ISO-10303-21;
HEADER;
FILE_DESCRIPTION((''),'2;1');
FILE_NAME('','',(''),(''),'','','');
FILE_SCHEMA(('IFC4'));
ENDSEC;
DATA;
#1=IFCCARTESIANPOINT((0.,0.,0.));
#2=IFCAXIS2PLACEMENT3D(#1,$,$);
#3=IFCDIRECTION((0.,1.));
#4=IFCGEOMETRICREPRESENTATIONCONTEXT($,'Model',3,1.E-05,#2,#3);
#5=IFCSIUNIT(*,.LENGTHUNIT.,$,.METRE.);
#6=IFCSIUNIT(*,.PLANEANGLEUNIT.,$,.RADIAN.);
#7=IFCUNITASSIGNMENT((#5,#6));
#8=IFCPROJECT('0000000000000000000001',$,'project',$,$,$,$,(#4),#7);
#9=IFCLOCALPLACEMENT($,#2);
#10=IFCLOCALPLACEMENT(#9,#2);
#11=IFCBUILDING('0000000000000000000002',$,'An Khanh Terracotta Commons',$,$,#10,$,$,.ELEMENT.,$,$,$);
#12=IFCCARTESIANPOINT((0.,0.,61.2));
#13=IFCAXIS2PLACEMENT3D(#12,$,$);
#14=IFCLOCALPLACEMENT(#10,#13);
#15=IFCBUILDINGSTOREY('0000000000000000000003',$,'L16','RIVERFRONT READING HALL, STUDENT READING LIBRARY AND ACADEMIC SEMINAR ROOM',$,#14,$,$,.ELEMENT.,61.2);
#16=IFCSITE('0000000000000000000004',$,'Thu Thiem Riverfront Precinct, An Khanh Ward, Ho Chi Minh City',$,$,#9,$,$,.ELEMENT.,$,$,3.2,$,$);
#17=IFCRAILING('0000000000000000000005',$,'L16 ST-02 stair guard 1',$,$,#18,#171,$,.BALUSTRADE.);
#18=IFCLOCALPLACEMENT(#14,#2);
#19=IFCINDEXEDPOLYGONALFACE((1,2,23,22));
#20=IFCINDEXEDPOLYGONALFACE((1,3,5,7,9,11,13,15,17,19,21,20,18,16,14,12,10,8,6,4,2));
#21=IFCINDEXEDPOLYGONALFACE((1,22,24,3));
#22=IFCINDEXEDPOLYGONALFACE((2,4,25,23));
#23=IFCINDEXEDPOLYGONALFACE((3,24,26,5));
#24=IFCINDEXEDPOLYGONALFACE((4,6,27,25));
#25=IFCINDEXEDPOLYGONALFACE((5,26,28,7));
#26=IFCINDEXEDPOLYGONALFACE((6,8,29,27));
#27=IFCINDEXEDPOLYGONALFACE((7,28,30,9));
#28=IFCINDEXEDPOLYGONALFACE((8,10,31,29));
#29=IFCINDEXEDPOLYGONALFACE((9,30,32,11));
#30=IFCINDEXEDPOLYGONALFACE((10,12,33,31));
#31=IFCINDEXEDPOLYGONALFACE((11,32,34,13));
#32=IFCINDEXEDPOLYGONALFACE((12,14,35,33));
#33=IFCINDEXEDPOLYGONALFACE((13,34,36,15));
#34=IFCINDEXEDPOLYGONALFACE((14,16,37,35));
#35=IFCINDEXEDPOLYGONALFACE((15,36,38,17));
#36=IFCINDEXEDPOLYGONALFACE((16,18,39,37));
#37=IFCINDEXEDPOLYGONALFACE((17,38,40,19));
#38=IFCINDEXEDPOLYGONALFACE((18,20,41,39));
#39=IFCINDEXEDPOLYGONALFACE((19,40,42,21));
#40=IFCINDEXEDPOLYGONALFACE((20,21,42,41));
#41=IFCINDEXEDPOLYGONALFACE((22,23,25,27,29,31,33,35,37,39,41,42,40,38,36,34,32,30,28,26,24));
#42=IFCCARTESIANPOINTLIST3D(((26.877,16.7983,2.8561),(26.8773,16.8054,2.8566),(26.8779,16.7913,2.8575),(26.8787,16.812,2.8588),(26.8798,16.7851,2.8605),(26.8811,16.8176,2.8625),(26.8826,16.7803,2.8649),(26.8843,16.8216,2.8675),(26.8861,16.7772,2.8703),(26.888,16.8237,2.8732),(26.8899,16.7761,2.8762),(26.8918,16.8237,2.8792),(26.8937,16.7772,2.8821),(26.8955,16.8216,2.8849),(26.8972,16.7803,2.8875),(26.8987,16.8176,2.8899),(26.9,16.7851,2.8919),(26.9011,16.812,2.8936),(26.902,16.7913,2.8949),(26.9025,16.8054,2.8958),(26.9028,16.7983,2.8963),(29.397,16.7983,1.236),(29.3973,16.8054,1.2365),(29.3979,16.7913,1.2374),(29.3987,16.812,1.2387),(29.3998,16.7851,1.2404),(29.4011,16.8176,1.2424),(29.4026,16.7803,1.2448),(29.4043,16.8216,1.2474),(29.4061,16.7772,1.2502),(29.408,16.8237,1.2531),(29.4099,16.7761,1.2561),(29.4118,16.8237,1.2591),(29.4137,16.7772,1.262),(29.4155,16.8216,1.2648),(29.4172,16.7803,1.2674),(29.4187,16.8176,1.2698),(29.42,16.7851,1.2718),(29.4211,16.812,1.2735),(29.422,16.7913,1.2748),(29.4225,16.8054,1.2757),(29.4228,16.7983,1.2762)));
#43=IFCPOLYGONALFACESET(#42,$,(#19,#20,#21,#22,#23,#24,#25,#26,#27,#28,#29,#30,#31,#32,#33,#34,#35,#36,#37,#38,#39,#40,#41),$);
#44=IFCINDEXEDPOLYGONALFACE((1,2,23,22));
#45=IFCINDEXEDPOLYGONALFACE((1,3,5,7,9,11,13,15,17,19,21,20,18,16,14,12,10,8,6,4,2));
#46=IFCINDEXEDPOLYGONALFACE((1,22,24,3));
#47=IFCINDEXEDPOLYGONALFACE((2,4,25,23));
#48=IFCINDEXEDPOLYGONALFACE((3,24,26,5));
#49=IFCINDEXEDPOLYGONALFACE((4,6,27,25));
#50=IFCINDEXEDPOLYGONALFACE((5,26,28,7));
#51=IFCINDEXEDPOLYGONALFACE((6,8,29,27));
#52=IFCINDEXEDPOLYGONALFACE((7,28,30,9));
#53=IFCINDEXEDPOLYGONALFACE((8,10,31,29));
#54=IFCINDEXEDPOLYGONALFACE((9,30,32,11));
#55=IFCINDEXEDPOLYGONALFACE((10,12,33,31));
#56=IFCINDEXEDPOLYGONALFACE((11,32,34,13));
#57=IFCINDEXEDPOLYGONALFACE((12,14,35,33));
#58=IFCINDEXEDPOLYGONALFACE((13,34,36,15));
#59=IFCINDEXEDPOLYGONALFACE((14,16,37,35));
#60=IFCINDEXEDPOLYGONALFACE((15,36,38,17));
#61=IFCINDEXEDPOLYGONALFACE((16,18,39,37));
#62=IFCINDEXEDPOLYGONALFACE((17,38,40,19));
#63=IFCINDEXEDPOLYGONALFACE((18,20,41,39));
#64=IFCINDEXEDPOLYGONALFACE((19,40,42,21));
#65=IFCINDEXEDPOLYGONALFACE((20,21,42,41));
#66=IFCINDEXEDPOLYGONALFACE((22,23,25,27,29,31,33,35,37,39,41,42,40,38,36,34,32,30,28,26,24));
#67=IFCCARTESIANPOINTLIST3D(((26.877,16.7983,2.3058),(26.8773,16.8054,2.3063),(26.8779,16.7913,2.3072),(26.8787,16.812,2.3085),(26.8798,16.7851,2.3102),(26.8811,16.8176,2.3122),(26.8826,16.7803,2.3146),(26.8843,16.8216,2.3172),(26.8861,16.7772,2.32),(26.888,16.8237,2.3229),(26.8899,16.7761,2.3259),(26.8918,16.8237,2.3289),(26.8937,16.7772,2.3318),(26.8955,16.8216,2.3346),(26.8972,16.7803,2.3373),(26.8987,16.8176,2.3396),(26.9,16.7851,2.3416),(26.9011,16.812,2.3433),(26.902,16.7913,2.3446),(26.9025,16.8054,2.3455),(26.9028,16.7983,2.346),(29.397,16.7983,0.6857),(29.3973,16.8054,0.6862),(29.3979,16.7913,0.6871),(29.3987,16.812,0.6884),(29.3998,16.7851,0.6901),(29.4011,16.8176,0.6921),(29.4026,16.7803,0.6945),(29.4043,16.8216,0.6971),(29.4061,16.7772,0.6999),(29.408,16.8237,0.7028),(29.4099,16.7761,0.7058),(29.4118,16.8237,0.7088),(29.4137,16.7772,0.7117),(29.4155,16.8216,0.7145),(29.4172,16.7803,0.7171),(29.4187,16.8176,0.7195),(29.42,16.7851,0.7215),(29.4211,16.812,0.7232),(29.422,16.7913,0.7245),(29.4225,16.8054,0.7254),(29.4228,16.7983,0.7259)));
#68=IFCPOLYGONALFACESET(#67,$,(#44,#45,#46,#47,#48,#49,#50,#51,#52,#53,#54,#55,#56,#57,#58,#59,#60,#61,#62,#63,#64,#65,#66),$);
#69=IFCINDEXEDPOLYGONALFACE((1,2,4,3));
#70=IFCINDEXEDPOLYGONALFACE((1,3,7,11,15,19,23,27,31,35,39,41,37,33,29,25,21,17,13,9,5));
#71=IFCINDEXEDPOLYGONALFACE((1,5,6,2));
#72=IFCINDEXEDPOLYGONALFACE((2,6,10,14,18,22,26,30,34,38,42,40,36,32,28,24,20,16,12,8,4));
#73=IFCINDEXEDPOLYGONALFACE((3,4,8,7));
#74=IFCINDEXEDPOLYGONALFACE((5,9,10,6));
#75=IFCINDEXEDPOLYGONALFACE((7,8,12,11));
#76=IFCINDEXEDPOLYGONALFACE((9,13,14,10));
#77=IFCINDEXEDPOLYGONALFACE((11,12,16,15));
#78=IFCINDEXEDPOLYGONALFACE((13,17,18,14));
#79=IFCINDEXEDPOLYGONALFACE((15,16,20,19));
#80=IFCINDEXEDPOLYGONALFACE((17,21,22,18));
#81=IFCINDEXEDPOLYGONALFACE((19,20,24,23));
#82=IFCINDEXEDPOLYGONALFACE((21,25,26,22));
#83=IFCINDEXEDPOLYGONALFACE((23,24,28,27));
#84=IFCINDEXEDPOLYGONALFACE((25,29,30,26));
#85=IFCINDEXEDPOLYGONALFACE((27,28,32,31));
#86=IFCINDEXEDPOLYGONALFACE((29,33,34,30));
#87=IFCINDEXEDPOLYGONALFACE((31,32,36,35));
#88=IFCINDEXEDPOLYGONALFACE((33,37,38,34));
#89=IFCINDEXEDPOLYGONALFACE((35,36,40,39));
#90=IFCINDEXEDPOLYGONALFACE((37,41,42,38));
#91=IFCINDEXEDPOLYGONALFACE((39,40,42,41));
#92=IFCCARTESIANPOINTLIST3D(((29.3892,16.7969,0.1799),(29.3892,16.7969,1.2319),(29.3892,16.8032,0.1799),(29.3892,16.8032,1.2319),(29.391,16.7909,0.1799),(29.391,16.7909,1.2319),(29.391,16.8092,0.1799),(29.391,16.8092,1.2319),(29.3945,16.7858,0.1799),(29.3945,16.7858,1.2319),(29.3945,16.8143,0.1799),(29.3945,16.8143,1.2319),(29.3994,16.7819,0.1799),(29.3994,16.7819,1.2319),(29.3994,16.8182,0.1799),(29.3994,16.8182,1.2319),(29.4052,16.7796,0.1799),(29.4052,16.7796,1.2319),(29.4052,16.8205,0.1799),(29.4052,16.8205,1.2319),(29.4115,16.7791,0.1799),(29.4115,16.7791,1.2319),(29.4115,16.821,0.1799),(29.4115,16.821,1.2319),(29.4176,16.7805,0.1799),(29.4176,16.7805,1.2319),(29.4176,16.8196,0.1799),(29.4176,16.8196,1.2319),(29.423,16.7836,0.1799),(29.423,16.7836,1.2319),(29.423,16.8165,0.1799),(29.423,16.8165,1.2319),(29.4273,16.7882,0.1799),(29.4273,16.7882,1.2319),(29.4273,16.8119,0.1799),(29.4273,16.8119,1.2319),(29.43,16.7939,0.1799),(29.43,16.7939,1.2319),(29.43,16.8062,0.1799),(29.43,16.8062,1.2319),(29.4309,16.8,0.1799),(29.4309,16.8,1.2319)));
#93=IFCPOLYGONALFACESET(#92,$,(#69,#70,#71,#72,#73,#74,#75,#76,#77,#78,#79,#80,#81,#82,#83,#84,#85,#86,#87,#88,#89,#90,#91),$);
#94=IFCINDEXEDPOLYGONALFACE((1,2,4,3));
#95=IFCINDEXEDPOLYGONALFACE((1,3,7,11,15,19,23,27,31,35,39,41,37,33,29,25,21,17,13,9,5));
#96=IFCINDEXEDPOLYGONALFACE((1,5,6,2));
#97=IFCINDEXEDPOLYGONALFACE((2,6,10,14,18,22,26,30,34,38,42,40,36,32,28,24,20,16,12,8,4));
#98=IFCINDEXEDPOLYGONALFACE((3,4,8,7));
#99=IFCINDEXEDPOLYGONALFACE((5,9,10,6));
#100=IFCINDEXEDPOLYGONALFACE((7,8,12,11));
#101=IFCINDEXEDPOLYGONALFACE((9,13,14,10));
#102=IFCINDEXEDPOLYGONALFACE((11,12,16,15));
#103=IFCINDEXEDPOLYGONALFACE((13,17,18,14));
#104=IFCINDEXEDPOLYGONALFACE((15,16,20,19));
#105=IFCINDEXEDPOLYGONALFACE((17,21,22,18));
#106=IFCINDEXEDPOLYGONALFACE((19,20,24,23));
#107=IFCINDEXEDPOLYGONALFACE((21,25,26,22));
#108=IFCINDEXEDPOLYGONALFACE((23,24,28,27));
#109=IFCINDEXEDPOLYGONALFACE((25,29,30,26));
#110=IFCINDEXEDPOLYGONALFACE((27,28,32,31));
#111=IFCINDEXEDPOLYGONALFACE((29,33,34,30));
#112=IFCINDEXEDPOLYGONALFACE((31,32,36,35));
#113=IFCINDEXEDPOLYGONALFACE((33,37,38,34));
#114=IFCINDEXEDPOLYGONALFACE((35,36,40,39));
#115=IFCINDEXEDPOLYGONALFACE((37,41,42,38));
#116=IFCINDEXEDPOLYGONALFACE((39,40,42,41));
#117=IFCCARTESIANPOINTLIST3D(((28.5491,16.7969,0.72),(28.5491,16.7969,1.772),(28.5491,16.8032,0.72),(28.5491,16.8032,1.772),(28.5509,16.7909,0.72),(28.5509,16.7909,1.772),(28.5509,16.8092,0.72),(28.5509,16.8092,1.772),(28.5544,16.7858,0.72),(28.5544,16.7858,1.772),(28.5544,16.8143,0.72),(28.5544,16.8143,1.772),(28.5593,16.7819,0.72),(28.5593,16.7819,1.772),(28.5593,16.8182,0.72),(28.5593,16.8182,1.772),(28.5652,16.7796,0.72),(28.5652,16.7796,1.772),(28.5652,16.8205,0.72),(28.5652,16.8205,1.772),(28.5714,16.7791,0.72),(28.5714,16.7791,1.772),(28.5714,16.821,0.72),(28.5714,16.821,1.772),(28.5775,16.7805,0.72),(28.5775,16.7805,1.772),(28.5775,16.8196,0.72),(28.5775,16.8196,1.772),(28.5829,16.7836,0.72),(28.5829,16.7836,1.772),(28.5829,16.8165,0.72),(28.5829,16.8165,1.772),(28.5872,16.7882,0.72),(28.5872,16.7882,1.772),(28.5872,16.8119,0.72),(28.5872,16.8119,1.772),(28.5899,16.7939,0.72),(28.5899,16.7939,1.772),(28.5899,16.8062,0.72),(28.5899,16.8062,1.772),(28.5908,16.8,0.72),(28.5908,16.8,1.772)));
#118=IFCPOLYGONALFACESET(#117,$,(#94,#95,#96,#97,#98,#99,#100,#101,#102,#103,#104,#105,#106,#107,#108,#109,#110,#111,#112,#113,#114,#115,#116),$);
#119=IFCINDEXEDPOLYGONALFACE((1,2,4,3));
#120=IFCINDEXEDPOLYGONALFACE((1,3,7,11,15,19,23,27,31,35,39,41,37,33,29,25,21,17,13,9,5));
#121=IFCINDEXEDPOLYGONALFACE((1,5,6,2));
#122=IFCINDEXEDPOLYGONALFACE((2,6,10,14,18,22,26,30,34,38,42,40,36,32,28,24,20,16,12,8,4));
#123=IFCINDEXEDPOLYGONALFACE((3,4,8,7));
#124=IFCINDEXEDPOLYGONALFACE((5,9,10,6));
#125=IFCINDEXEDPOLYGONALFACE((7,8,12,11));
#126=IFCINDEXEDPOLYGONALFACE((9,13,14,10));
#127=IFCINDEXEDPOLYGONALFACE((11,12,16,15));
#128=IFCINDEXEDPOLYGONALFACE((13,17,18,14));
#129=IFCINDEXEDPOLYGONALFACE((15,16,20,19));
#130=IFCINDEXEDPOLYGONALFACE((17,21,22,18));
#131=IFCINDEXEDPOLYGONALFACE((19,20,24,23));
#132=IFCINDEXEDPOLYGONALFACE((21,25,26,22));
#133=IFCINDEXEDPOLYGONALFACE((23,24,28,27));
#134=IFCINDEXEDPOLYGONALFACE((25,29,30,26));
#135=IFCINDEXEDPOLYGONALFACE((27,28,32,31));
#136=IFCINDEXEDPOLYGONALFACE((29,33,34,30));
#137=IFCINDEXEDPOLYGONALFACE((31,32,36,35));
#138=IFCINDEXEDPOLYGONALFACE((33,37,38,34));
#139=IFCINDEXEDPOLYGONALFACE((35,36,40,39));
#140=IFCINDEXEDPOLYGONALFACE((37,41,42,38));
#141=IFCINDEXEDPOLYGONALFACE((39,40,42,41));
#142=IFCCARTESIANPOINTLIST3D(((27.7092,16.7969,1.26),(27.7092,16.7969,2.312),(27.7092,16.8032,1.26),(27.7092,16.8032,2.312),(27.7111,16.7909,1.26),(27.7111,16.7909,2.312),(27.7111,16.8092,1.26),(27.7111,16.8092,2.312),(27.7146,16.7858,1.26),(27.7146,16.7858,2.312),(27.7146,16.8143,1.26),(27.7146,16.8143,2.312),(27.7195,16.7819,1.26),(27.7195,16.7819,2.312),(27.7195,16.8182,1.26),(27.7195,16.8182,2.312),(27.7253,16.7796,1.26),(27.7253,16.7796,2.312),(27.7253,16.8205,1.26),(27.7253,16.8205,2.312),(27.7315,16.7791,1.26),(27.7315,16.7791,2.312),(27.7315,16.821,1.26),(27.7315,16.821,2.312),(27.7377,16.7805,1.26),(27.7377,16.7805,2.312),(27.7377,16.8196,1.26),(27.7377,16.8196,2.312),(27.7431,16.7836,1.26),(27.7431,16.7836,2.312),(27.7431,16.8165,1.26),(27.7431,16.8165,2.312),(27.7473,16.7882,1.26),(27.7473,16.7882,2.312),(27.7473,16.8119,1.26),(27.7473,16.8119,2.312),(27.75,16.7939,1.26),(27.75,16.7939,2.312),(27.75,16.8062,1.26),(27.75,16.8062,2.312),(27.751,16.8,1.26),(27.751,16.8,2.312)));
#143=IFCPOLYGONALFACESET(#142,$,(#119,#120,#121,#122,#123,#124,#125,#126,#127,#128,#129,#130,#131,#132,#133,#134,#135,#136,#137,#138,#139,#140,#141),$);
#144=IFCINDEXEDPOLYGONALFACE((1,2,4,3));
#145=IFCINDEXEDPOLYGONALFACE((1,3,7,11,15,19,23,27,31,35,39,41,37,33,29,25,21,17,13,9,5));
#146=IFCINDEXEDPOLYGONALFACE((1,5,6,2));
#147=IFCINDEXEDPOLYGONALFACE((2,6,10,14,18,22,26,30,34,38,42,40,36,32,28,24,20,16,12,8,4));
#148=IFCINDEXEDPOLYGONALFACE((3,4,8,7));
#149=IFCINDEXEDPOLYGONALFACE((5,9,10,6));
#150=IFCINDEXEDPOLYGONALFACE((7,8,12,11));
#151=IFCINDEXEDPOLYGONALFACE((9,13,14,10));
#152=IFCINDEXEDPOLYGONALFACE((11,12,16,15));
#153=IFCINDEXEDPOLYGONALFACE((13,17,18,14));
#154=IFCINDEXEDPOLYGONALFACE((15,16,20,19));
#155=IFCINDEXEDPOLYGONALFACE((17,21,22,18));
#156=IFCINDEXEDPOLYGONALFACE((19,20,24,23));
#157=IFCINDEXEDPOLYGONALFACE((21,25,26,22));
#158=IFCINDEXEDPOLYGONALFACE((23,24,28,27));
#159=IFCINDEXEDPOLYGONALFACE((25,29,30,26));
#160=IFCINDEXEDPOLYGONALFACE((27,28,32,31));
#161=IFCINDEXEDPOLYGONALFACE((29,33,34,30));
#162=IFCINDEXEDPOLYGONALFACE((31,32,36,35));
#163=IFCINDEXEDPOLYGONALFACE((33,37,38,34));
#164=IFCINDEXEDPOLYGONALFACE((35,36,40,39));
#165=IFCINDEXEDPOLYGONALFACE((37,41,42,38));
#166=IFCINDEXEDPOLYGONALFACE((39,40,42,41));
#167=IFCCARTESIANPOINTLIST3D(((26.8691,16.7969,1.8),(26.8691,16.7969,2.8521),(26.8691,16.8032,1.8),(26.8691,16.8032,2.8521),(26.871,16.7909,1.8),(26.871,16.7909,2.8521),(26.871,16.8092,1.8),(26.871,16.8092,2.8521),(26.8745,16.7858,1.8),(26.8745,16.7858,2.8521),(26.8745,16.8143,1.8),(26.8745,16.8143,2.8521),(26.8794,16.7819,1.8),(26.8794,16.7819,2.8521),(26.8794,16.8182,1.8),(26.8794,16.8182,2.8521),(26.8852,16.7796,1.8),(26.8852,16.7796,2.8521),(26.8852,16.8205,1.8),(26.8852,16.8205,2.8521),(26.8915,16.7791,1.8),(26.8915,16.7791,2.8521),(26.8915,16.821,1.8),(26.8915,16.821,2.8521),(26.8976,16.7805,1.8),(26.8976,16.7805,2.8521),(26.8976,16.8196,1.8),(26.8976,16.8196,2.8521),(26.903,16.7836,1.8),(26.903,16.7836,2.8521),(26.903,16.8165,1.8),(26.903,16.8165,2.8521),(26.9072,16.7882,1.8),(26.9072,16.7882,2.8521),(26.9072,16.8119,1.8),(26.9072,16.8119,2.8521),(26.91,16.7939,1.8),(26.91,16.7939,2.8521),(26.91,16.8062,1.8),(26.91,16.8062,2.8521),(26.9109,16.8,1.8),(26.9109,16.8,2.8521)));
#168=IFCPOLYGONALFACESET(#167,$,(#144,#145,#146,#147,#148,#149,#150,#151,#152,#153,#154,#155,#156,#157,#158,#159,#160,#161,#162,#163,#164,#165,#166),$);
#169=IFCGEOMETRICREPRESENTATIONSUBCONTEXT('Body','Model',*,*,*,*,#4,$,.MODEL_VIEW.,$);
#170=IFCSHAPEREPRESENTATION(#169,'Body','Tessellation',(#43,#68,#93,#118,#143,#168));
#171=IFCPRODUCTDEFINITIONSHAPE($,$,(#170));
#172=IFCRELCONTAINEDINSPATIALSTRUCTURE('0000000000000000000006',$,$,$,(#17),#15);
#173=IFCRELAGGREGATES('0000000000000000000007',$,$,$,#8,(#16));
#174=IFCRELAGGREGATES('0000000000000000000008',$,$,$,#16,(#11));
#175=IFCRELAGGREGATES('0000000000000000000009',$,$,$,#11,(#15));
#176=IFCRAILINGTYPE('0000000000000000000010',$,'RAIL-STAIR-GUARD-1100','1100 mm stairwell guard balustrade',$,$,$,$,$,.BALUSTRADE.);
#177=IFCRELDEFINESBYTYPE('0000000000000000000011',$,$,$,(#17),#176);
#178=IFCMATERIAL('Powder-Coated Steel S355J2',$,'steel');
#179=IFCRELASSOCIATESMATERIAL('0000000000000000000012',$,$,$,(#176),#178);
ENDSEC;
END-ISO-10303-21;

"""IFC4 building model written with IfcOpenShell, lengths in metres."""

from ifc_helpers import new_model, si_unit, direction, frame, origin, origin_2d, place, context, subcontext, project, spatial, circle, extrude, material, type_object, element, save


model = new_model("IFC4")

# Units and contexts
model_context = context("Model", 3, precision=1e-05, world=origin(), true_north=direction((0.0, 1.0)))
body_context = subcontext(model_context, "Body", "Model", "MODEL_VIEW")
ifc_project = project(units=[si_unit("LENGTHUNIT", "METRE"), si_unit("PLANEANGLEUNIT", "RADIAN")], contexts=[model_context])

# Site, building, storey
site_placement = place(None, origin())
site = spatial("IfcSite", under=ifc_project, at=site_placement, Name="Thu Thiem Riverfront Precinct, An Khanh Ward, Ho Chi Minh City", CompositionType="ELEMENT", RefElevation=3.2)
building_placement = place(site_placement, origin())
building = spatial("IfcBuilding", under=site, at=building_placement, Name="An Khanh Terracotta Commons", CompositionType="ELEMENT")
storey_placement = place(building_placement, frame((0.0, 0.0, 61.2)))
storey = spatial("IfcBuildingStorey", under=building, at=storey_placement, Name="L16", Description="RIVERFRONT READING HALL, STUDENT READING LIBRARY AND ACADEMIC SEMINAR ROOM", CompositionType="ELEMENT", Elevation=61.2)

# Railing
ifc_material_1 = material(Name="Powder-Coated Steel S355J2", Category="steel")
railing_type_1 = type_object("IfcRailingType", Name="RAIL-STAIR-GUARD-1100", Description="1100 mm stairwell guard balustrade", PredefinedType="BALUSTRADE", material=ifc_material_1)
railing_1_placement = place(storey_placement, frame((29.4099, 16.8, 0.1799)))
element("IfcRailing", 1, at=railing_1_placement, inside=storey, type_object=railing_type_1, Name="L16 ST-02 stair guard 1", PredefinedType="BALUSTRADE", context=body_context, shape_type="SweptSolid", body=[
    extrude(circle(Radius=0.0239, at=origin_2d()), frame((0.0, 0.0, 1.0762), z_axis=(-0.841163, 0.0, 0.540782), x_axis=(0.0, -1.0, 0.0)), (0.0, 0.0, 1.0), 2.9958),
    extrude(circle(Radius=0.0239, at=origin_2d()), frame((0.0, 0.0, 0.5259), z_axis=(-0.841163, 0.0, 0.540782), x_axis=(0.0, -1.0, 0.0)), (0.0, 0.0, 1.0), 2.9958),
    extrude(circle(Radius=0.021, at=origin_2d()), origin(), (0.0, 0.0, 1.0), 1.052),
    extrude(circle(Radius=0.021, at=origin_2d()), frame((-0.8401, 0.0, 0.54)), (0.0, 0.0, 1.0), 1.052),
    extrude(circle(Radius=0.021, at=origin_2d()), frame((-1.6799, 0.0, 1.0801)), (0.0, 0.0, 1.0), 1.052),
    extrude(circle(Radius=0.021, at=origin_2d()), frame((-2.52, 0.0, 1.6201)), (0.0, 0.0, 1.0), 1.052),
])

save(model, "model.ifc")
